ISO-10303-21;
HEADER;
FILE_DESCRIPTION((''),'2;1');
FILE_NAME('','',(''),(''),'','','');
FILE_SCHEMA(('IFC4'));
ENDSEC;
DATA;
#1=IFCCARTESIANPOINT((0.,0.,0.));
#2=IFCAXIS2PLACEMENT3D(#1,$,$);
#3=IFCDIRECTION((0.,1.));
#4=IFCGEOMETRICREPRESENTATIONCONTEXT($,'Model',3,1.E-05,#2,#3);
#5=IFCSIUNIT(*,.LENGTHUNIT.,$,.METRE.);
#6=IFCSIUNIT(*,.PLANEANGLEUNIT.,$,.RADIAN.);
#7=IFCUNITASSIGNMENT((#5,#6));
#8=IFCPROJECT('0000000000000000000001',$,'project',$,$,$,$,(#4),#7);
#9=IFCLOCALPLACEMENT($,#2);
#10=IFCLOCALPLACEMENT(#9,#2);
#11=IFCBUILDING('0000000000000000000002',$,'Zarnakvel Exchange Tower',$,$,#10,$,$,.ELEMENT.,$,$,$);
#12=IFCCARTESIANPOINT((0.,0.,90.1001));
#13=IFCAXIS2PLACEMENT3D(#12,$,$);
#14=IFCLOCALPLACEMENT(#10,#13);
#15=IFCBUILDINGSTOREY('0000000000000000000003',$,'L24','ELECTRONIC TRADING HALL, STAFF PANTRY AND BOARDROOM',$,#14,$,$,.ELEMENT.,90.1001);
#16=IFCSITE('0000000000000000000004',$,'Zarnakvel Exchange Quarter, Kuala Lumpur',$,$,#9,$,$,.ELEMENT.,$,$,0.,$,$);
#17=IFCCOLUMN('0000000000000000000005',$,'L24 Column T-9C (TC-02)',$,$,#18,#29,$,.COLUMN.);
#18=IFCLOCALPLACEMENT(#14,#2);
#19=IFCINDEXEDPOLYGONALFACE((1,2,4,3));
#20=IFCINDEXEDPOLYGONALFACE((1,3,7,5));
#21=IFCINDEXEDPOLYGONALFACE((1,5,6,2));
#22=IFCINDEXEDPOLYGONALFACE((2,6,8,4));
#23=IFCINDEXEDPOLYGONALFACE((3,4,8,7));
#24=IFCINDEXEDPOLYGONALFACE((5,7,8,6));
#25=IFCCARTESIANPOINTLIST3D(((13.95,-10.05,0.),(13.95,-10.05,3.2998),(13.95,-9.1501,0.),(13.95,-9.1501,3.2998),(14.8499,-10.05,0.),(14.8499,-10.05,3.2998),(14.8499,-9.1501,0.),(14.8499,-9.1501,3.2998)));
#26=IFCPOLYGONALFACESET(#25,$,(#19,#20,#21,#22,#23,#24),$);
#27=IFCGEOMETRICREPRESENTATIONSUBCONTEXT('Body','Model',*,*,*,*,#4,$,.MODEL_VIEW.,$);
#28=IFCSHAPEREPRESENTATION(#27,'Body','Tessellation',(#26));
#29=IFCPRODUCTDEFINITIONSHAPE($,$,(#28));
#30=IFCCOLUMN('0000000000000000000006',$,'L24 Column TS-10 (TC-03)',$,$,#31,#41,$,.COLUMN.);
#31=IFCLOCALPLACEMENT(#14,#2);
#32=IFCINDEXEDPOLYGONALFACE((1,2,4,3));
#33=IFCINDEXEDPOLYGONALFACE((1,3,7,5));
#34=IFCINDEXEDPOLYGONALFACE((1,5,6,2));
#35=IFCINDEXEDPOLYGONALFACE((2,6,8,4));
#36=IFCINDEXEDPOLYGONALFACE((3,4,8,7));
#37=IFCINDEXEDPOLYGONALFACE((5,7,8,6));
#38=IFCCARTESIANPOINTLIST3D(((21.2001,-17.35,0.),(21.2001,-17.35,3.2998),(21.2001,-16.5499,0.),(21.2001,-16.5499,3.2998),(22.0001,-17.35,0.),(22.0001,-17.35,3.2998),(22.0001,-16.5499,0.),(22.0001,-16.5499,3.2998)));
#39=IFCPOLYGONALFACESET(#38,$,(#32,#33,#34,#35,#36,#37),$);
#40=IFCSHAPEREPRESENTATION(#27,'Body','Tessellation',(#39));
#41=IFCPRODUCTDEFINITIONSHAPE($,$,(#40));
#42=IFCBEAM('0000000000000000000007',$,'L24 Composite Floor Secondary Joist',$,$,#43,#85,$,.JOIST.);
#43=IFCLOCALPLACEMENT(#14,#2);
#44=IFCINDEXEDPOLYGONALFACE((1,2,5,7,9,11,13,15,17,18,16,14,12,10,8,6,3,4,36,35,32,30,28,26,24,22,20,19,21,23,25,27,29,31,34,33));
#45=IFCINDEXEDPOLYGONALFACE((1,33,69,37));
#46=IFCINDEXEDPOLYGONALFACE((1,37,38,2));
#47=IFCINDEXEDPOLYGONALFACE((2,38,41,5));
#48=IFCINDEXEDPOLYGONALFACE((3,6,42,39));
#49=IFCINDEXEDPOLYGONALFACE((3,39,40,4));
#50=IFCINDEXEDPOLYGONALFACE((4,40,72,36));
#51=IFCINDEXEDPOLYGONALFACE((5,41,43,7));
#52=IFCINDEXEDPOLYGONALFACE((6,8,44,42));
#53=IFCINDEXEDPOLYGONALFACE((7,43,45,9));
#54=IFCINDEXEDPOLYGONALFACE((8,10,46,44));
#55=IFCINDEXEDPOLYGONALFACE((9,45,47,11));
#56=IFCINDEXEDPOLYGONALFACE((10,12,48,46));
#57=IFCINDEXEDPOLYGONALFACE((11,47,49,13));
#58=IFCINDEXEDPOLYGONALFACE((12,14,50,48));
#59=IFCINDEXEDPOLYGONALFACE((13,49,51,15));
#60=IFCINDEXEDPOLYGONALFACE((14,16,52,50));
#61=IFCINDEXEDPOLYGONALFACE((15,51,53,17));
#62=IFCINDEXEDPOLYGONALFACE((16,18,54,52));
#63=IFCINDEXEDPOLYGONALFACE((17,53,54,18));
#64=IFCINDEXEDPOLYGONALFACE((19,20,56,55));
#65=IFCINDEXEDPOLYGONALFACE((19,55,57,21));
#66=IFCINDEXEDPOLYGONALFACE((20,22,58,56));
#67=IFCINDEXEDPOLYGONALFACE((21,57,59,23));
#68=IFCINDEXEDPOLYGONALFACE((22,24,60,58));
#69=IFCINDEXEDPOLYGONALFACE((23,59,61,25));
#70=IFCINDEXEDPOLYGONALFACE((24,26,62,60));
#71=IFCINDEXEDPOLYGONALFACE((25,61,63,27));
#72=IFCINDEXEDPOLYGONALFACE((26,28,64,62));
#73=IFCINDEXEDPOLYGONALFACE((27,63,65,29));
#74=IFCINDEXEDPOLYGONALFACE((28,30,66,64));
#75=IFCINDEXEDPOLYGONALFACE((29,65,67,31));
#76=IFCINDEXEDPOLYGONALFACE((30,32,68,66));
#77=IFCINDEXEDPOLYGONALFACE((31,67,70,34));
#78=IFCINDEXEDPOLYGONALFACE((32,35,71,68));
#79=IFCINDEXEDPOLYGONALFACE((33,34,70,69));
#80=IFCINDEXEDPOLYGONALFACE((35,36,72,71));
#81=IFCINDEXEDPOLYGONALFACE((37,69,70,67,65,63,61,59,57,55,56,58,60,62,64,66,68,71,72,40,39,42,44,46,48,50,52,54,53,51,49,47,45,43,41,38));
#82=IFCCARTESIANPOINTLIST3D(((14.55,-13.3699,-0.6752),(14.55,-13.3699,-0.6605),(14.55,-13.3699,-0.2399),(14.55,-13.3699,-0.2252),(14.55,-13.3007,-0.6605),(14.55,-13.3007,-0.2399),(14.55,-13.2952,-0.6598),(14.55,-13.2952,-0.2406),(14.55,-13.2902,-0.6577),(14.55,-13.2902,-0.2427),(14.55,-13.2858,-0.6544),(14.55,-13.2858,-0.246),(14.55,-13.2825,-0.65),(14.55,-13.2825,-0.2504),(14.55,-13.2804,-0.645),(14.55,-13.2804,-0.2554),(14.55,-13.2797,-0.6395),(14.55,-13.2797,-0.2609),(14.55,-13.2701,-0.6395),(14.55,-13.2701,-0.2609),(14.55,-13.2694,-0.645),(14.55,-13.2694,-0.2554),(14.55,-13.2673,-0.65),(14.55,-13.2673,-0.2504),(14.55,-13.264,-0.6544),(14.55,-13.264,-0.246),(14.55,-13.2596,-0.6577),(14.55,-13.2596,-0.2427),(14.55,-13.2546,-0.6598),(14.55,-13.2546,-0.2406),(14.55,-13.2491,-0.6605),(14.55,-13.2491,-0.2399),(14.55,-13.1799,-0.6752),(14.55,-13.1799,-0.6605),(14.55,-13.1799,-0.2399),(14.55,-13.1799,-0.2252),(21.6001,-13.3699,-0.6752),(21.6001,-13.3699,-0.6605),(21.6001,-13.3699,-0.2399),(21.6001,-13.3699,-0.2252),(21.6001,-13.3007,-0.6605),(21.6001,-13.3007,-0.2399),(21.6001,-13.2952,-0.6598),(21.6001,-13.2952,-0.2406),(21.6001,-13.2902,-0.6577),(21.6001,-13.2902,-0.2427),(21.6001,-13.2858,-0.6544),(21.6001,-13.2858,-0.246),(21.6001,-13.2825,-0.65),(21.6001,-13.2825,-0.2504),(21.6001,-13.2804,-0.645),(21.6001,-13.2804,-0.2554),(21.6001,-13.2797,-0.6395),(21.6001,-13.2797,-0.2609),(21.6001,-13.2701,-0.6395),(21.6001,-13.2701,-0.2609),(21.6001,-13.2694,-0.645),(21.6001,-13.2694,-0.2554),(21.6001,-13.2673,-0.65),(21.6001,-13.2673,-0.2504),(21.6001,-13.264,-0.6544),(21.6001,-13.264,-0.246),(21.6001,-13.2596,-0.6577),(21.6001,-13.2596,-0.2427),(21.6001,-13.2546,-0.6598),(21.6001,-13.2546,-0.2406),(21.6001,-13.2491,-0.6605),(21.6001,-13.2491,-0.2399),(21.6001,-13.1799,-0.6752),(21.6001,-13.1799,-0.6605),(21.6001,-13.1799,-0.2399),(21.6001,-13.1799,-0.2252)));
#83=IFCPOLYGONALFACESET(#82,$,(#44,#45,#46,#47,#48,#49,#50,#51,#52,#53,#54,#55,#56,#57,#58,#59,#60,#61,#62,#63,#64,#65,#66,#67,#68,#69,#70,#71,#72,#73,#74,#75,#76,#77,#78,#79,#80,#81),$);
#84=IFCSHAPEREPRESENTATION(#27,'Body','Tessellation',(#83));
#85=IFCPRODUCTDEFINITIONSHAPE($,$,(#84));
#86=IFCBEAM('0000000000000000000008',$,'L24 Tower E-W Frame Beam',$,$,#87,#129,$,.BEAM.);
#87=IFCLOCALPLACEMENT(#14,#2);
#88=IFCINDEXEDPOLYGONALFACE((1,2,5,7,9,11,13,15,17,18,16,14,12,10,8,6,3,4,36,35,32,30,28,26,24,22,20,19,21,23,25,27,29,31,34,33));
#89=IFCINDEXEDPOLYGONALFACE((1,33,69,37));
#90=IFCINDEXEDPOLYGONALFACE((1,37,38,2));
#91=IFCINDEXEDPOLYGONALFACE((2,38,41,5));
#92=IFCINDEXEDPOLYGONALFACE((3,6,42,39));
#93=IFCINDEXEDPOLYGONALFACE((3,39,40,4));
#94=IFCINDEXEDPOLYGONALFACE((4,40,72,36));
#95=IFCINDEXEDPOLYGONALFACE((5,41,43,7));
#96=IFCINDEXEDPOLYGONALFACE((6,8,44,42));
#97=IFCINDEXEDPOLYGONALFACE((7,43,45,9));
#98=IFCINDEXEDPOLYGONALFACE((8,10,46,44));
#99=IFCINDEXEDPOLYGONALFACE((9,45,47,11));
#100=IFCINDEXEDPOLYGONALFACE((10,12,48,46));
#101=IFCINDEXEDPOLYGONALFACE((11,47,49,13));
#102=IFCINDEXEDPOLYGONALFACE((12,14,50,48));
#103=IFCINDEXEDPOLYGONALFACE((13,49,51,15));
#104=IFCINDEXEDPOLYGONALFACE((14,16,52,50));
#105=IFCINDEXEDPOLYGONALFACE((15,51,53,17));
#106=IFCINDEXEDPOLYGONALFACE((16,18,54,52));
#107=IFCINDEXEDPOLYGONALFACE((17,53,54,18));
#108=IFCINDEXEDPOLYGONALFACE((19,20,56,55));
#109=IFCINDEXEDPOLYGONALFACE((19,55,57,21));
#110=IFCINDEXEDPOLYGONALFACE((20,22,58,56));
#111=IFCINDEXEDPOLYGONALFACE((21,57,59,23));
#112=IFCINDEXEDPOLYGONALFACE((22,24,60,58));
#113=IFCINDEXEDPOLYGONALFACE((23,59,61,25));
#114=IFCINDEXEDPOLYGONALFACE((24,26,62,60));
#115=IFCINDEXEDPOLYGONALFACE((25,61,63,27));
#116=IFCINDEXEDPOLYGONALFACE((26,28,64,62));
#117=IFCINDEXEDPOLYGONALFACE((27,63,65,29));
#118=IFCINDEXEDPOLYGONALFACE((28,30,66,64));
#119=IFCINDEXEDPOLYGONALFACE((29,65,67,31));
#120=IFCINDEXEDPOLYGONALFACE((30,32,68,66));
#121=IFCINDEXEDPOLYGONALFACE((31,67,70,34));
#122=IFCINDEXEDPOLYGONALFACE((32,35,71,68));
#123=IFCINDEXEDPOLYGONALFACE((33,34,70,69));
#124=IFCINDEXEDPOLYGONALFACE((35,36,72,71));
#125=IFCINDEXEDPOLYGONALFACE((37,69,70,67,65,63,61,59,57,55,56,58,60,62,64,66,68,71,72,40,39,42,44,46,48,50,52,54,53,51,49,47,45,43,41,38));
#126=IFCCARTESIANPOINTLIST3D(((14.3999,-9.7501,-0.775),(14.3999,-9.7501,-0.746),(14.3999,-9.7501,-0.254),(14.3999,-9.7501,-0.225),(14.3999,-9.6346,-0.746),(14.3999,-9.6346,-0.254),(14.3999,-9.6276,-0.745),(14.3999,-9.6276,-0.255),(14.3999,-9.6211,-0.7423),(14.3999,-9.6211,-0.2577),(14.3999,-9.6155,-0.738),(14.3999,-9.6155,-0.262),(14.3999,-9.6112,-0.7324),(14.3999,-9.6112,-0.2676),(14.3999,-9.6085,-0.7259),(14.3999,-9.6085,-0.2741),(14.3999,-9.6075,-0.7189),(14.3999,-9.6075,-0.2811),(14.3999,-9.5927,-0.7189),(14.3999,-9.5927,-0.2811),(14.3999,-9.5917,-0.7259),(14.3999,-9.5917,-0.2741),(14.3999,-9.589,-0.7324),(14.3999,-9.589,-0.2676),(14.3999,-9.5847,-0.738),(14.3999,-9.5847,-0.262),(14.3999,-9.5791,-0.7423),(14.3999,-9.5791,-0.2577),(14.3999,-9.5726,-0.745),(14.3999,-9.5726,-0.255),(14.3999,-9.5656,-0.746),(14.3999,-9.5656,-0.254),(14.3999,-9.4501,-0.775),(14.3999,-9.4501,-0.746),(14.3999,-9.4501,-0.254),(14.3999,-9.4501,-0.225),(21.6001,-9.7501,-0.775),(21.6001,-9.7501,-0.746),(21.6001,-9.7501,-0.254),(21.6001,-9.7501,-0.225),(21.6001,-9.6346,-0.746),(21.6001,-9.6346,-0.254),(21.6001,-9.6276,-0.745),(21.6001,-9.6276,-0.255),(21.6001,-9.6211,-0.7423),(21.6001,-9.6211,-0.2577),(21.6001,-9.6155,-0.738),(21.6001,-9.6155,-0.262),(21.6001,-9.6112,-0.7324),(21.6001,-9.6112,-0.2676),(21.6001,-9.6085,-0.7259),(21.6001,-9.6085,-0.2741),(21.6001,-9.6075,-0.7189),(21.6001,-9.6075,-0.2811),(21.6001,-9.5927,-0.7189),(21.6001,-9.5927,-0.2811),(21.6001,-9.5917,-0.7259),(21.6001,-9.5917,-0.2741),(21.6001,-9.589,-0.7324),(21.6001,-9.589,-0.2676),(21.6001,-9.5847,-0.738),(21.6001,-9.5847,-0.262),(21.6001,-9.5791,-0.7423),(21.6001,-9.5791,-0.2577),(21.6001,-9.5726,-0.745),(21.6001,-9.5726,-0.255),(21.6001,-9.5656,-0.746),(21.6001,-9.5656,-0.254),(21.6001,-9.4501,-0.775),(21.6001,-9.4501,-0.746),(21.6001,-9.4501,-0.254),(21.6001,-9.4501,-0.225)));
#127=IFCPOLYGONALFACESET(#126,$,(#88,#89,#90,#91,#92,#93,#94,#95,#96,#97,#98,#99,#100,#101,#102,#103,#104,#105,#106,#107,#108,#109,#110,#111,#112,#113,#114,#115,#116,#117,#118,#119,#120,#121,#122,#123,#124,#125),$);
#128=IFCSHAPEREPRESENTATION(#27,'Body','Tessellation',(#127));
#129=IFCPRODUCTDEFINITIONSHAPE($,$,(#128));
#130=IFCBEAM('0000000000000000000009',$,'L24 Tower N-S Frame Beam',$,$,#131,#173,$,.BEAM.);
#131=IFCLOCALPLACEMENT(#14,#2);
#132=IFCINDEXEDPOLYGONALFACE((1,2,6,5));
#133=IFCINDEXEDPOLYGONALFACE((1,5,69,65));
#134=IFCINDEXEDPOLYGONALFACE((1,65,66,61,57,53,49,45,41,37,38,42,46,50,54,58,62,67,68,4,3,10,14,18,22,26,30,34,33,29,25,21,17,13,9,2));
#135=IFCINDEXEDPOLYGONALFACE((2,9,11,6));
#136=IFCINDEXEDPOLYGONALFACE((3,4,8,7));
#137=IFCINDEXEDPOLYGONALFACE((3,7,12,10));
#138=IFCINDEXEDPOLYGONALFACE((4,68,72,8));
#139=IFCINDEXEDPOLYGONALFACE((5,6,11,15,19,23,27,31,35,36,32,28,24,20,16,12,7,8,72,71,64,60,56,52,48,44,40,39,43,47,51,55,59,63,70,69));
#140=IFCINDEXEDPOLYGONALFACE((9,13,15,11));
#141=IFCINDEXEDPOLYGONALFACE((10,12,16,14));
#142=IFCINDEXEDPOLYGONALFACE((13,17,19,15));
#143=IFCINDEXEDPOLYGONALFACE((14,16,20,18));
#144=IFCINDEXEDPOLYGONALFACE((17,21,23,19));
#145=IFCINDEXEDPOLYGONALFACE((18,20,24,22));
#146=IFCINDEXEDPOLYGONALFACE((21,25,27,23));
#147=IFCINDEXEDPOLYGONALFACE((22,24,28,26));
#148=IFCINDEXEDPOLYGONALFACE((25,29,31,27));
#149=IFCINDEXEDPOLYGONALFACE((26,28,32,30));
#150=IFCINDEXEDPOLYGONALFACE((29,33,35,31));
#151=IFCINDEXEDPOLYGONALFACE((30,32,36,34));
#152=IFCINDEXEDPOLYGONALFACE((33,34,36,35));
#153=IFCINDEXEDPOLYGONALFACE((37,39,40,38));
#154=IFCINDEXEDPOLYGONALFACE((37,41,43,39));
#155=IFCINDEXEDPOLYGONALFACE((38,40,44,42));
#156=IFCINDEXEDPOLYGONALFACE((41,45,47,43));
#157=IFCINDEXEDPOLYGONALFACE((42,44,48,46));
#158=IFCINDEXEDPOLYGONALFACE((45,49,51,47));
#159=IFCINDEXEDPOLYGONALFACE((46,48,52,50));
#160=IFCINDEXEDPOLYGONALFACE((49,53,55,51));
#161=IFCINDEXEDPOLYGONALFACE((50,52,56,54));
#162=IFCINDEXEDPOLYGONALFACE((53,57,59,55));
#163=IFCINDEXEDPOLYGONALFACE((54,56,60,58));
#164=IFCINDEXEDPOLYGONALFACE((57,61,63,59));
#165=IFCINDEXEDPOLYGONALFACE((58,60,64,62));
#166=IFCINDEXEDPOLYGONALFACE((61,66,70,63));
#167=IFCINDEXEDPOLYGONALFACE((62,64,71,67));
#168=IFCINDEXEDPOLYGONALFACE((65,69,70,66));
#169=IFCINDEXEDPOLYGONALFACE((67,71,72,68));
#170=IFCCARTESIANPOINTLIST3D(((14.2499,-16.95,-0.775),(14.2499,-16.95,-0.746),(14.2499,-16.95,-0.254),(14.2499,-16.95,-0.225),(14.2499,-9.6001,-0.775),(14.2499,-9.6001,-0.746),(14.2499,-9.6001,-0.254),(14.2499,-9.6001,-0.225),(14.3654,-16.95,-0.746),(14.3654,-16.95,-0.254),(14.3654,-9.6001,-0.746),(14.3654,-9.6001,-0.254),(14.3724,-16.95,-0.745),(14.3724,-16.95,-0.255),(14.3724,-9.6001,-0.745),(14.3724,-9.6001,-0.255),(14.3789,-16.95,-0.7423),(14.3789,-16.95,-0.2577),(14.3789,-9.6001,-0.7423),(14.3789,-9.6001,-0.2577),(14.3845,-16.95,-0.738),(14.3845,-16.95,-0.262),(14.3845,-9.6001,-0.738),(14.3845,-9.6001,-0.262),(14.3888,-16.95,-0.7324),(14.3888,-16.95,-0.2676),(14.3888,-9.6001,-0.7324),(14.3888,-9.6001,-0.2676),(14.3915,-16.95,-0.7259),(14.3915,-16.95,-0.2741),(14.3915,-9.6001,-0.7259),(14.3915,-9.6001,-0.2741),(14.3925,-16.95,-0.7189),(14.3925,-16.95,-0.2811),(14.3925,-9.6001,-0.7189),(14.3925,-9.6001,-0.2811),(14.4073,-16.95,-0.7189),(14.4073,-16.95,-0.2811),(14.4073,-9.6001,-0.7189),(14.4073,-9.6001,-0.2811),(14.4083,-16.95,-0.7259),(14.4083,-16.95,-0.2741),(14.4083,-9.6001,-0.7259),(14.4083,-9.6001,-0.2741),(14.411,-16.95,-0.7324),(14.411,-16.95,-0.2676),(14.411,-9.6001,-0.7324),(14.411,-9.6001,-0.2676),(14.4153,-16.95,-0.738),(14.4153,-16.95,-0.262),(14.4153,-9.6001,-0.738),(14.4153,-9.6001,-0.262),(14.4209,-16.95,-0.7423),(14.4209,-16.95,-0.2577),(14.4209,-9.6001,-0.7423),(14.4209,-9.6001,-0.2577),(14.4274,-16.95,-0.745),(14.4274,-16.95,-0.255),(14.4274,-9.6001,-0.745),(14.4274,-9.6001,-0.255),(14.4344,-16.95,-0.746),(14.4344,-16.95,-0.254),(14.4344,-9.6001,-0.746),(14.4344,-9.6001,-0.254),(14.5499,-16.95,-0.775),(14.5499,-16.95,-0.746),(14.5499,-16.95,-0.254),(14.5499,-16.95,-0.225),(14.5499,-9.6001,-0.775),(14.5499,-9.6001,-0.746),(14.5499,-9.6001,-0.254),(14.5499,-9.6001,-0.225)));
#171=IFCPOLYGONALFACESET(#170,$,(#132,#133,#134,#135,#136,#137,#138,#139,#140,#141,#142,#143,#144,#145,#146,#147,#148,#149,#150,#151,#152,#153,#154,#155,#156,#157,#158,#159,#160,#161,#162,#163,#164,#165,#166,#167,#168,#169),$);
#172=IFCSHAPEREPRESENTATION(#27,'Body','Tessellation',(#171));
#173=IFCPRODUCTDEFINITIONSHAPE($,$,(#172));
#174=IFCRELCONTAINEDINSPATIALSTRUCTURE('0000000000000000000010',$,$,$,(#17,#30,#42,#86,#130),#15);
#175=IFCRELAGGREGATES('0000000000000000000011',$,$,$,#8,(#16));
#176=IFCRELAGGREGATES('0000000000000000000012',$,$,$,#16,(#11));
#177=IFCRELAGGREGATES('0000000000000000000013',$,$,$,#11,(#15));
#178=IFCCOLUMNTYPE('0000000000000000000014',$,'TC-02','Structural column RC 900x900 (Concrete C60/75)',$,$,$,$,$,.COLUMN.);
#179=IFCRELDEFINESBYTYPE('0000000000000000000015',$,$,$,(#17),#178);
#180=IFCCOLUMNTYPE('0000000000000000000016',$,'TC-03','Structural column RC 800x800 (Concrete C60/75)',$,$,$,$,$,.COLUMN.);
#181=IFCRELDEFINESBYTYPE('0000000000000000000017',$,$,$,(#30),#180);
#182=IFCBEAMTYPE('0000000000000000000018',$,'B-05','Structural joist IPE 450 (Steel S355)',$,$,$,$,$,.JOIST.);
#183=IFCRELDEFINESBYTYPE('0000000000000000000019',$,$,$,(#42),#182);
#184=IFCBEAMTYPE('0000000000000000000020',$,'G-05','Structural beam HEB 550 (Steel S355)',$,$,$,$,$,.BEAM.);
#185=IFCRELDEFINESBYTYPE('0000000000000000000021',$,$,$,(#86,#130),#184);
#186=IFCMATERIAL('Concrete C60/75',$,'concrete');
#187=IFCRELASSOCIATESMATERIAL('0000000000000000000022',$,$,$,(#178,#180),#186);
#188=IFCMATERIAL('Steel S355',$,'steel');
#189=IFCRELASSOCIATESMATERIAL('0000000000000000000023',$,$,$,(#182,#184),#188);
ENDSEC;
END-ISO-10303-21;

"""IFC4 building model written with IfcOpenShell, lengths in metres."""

from ifc_helpers import new_model, si_unit, direction, frame, origin, origin_2d, place, context, subcontext, project, spatial, rectangle, i_section, extrude, material, material_profile, profile_set, type_object, element, save


model = new_model("IFC4")

# Units and contexts
model_context = context("Model", 3, precision=1e-05, world=origin(), true_north=direction((0.0, 1.0)))
body_context = subcontext(model_context, "Body", "Model", "MODEL_VIEW")
ifc_project = project(units=[si_unit("LENGTHUNIT", "METRE"), si_unit("PLANEANGLEUNIT", "RADIAN")], contexts=[model_context])

# Site, building, storey
site_placement = place(None, origin())
site = spatial("IfcSite", under=ifc_project, at=site_placement, Name="Zarnakvel Exchange Quarter, Kuala Lumpur", CompositionType="ELEMENT", RefElevation=0.0)
building_placement = place(site_placement, origin())
building = spatial("IfcBuilding", under=site, at=building_placement, Name="Zarnakvel Exchange Tower", CompositionType="ELEMENT")
storey_placement = place(building_placement, frame((0.0, 0.0, 90.1001)))
storey = spatial("IfcBuildingStorey", under=building, at=storey_placement, Name="L24", Description="ELECTRONIC TRADING HALL, STAFF PANTRY AND BOARDROOM", CompositionType="ELEMENT", Elevation=90.1001)

# Columns
ifc_material_1 = material(Name="Concrete C60/75", Category="concrete")
ifc_material_profile_1 = material_profile(ifc_material_1, rectangle(XDim=0.8999, YDim=0.8999, at=origin_2d()))
ifc_profile_set_1 = profile_set([ifc_material_profile_1], Name="Concrete C60/75")
column_type_1 = type_object("IfcColumnType", Name="TC-02", Description="Structural column RC 900x900 (Concrete C60/75)", PredefinedType="COLUMN", material=ifc_profile_set_1)
column_1_placement = place(storey_placement, frame((14.3999, -9.6001, 0.0), z_axis=(0.0, 0.0, 1.0), x_axis=(1.0, 0.0, 0.0)))
element("IfcColumn", 1, at=column_1_placement, inside=storey, type_object=column_type_1, Name="L24 Column T-9C (TC-02)", PredefinedType="COLUMN", context=body_context, shape_type="SweptSolid", body=[
    extrude(rectangle(XDim=0.8999, YDim=0.8999, at=origin_2d()), origin(), (0.0, 0.0, 1.0), 3.2998),
])
ifc_material_profile_2 = material_profile(ifc_material_1, rectangle(XDim=0.8, YDim=0.8, at=origin_2d()))
ifc_profile_set_2 = profile_set([ifc_material_profile_2], Name="Concrete C60/75")
column_type_2 = type_object("IfcColumnType", Name="TC-03", Description="Structural column RC 800x800 (Concrete C60/75)", PredefinedType="COLUMN", material=ifc_profile_set_2)
column_2_placement = place(storey_placement, frame((21.6001, -16.95, 0.0), z_axis=(0.0, 0.0, 1.0), x_axis=(1.0, 0.0, 0.0)))
element("IfcColumn", 2, at=column_2_placement, inside=storey, type_object=column_type_2, Name="L24 Column TS-10 (TC-03)", PredefinedType="COLUMN", context=body_context, shape_type="SweptSolid", body=[
    extrude(rectangle(XDim=0.8, YDim=0.8, at=origin_2d()), origin(), (0.0, 0.0, 1.0), 3.2998),
])

# Beams
ifc_material_2 = material(Name="Steel S355", Category="steel")
ifc_material_profile_3 = material_profile(ifc_material_2, i_section(OverallWidth=0.1899, OverallDepth=0.45, WebThickness=0.0095, FlangeThickness=0.0146, FilletRadius=0.021, at=origin_2d()))
ifc_profile_set_3 = profile_set([ifc_material_profile_3], Name="Steel S355")
beam_type_1 = type_object("IfcBeamType", Name="B-05", Description="Structural joist IPE 450 (Steel S355)", PredefinedType="JOIST", material=ifc_profile_set_3)
beam_1_placement = place(storey_placement, frame((14.55, -13.2749, -0.4502), z_axis=(1.0, 0.0, 0.0), x_axis=(0.0, 1.0, 0.0)))
element("IfcBeam", 3, at=beam_1_placement, inside=storey, type_object=beam_type_1, Name="L24 Composite Floor Secondary Joist", PredefinedType="JOIST", context=body_context, shape_type="SweptSolid", body=[
    extrude(i_section(OverallWidth=0.1899, OverallDepth=0.45, WebThickness=0.0095, FlangeThickness=0.0146, FilletRadius=0.021, at=origin_2d()), origin(), (0.0, 0.0, 1.0), 7.05),
])
ifc_material_profile_4 = material_profile(ifc_material_2, i_section(OverallWidth=0.3, OverallDepth=0.55, WebThickness=0.0149, FlangeThickness=0.0291, FilletRadius=0.0271, at=origin_2d()))
ifc_profile_set_4 = profile_set([ifc_material_profile_4], Name="Steel S355")
beam_type_2 = type_object("IfcBeamType", Name="G-05", Description="Structural beam HEB 550 (Steel S355)", PredefinedType="BEAM", material=ifc_profile_set_4)
beam_2_placement = place(storey_placement, frame((14.3999, -9.6001, -0.5), z_axis=(1.0, 0.0, 0.0), x_axis=(0.0, 1.0, 0.0)))
element("IfcBeam", 4, at=beam_2_placement, inside=storey, type_object=beam_type_2, Name="L24 Tower E-W Frame Beam", PredefinedType="BEAM", context=body_context, shape_type="SweptSolid", body=[
    extrude(i_section(OverallWidth=0.3, OverallDepth=0.55, WebThickness=0.0149, FlangeThickness=0.0291, FilletRadius=0.0271, at=origin_2d()), origin(), (0.0, 0.0, 1.0), 7.2002),
])
beam_3_placement = place(storey_placement, frame((14.3999, -16.95, -0.5), z_axis=(0.0, 1.0, 0.0), x_axis=(-1.0, 0.0, 0.0)))
element("IfcBeam", 5, at=beam_3_placement, inside=storey, type_object=beam_type_2, Name="L24 Tower N-S Frame Beam", PredefinedType="BEAM", context=body_context, shape_type="SweptSolid", body=[
    extrude(i_section(OverallWidth=0.3, OverallDepth=0.55, WebThickness=0.0149, FlangeThickness=0.0291, FilletRadius=0.0271, at=origin_2d()), origin(), (0.0, 0.0, 1.0), 7.3499),
])

save(model, "model.ifc")
